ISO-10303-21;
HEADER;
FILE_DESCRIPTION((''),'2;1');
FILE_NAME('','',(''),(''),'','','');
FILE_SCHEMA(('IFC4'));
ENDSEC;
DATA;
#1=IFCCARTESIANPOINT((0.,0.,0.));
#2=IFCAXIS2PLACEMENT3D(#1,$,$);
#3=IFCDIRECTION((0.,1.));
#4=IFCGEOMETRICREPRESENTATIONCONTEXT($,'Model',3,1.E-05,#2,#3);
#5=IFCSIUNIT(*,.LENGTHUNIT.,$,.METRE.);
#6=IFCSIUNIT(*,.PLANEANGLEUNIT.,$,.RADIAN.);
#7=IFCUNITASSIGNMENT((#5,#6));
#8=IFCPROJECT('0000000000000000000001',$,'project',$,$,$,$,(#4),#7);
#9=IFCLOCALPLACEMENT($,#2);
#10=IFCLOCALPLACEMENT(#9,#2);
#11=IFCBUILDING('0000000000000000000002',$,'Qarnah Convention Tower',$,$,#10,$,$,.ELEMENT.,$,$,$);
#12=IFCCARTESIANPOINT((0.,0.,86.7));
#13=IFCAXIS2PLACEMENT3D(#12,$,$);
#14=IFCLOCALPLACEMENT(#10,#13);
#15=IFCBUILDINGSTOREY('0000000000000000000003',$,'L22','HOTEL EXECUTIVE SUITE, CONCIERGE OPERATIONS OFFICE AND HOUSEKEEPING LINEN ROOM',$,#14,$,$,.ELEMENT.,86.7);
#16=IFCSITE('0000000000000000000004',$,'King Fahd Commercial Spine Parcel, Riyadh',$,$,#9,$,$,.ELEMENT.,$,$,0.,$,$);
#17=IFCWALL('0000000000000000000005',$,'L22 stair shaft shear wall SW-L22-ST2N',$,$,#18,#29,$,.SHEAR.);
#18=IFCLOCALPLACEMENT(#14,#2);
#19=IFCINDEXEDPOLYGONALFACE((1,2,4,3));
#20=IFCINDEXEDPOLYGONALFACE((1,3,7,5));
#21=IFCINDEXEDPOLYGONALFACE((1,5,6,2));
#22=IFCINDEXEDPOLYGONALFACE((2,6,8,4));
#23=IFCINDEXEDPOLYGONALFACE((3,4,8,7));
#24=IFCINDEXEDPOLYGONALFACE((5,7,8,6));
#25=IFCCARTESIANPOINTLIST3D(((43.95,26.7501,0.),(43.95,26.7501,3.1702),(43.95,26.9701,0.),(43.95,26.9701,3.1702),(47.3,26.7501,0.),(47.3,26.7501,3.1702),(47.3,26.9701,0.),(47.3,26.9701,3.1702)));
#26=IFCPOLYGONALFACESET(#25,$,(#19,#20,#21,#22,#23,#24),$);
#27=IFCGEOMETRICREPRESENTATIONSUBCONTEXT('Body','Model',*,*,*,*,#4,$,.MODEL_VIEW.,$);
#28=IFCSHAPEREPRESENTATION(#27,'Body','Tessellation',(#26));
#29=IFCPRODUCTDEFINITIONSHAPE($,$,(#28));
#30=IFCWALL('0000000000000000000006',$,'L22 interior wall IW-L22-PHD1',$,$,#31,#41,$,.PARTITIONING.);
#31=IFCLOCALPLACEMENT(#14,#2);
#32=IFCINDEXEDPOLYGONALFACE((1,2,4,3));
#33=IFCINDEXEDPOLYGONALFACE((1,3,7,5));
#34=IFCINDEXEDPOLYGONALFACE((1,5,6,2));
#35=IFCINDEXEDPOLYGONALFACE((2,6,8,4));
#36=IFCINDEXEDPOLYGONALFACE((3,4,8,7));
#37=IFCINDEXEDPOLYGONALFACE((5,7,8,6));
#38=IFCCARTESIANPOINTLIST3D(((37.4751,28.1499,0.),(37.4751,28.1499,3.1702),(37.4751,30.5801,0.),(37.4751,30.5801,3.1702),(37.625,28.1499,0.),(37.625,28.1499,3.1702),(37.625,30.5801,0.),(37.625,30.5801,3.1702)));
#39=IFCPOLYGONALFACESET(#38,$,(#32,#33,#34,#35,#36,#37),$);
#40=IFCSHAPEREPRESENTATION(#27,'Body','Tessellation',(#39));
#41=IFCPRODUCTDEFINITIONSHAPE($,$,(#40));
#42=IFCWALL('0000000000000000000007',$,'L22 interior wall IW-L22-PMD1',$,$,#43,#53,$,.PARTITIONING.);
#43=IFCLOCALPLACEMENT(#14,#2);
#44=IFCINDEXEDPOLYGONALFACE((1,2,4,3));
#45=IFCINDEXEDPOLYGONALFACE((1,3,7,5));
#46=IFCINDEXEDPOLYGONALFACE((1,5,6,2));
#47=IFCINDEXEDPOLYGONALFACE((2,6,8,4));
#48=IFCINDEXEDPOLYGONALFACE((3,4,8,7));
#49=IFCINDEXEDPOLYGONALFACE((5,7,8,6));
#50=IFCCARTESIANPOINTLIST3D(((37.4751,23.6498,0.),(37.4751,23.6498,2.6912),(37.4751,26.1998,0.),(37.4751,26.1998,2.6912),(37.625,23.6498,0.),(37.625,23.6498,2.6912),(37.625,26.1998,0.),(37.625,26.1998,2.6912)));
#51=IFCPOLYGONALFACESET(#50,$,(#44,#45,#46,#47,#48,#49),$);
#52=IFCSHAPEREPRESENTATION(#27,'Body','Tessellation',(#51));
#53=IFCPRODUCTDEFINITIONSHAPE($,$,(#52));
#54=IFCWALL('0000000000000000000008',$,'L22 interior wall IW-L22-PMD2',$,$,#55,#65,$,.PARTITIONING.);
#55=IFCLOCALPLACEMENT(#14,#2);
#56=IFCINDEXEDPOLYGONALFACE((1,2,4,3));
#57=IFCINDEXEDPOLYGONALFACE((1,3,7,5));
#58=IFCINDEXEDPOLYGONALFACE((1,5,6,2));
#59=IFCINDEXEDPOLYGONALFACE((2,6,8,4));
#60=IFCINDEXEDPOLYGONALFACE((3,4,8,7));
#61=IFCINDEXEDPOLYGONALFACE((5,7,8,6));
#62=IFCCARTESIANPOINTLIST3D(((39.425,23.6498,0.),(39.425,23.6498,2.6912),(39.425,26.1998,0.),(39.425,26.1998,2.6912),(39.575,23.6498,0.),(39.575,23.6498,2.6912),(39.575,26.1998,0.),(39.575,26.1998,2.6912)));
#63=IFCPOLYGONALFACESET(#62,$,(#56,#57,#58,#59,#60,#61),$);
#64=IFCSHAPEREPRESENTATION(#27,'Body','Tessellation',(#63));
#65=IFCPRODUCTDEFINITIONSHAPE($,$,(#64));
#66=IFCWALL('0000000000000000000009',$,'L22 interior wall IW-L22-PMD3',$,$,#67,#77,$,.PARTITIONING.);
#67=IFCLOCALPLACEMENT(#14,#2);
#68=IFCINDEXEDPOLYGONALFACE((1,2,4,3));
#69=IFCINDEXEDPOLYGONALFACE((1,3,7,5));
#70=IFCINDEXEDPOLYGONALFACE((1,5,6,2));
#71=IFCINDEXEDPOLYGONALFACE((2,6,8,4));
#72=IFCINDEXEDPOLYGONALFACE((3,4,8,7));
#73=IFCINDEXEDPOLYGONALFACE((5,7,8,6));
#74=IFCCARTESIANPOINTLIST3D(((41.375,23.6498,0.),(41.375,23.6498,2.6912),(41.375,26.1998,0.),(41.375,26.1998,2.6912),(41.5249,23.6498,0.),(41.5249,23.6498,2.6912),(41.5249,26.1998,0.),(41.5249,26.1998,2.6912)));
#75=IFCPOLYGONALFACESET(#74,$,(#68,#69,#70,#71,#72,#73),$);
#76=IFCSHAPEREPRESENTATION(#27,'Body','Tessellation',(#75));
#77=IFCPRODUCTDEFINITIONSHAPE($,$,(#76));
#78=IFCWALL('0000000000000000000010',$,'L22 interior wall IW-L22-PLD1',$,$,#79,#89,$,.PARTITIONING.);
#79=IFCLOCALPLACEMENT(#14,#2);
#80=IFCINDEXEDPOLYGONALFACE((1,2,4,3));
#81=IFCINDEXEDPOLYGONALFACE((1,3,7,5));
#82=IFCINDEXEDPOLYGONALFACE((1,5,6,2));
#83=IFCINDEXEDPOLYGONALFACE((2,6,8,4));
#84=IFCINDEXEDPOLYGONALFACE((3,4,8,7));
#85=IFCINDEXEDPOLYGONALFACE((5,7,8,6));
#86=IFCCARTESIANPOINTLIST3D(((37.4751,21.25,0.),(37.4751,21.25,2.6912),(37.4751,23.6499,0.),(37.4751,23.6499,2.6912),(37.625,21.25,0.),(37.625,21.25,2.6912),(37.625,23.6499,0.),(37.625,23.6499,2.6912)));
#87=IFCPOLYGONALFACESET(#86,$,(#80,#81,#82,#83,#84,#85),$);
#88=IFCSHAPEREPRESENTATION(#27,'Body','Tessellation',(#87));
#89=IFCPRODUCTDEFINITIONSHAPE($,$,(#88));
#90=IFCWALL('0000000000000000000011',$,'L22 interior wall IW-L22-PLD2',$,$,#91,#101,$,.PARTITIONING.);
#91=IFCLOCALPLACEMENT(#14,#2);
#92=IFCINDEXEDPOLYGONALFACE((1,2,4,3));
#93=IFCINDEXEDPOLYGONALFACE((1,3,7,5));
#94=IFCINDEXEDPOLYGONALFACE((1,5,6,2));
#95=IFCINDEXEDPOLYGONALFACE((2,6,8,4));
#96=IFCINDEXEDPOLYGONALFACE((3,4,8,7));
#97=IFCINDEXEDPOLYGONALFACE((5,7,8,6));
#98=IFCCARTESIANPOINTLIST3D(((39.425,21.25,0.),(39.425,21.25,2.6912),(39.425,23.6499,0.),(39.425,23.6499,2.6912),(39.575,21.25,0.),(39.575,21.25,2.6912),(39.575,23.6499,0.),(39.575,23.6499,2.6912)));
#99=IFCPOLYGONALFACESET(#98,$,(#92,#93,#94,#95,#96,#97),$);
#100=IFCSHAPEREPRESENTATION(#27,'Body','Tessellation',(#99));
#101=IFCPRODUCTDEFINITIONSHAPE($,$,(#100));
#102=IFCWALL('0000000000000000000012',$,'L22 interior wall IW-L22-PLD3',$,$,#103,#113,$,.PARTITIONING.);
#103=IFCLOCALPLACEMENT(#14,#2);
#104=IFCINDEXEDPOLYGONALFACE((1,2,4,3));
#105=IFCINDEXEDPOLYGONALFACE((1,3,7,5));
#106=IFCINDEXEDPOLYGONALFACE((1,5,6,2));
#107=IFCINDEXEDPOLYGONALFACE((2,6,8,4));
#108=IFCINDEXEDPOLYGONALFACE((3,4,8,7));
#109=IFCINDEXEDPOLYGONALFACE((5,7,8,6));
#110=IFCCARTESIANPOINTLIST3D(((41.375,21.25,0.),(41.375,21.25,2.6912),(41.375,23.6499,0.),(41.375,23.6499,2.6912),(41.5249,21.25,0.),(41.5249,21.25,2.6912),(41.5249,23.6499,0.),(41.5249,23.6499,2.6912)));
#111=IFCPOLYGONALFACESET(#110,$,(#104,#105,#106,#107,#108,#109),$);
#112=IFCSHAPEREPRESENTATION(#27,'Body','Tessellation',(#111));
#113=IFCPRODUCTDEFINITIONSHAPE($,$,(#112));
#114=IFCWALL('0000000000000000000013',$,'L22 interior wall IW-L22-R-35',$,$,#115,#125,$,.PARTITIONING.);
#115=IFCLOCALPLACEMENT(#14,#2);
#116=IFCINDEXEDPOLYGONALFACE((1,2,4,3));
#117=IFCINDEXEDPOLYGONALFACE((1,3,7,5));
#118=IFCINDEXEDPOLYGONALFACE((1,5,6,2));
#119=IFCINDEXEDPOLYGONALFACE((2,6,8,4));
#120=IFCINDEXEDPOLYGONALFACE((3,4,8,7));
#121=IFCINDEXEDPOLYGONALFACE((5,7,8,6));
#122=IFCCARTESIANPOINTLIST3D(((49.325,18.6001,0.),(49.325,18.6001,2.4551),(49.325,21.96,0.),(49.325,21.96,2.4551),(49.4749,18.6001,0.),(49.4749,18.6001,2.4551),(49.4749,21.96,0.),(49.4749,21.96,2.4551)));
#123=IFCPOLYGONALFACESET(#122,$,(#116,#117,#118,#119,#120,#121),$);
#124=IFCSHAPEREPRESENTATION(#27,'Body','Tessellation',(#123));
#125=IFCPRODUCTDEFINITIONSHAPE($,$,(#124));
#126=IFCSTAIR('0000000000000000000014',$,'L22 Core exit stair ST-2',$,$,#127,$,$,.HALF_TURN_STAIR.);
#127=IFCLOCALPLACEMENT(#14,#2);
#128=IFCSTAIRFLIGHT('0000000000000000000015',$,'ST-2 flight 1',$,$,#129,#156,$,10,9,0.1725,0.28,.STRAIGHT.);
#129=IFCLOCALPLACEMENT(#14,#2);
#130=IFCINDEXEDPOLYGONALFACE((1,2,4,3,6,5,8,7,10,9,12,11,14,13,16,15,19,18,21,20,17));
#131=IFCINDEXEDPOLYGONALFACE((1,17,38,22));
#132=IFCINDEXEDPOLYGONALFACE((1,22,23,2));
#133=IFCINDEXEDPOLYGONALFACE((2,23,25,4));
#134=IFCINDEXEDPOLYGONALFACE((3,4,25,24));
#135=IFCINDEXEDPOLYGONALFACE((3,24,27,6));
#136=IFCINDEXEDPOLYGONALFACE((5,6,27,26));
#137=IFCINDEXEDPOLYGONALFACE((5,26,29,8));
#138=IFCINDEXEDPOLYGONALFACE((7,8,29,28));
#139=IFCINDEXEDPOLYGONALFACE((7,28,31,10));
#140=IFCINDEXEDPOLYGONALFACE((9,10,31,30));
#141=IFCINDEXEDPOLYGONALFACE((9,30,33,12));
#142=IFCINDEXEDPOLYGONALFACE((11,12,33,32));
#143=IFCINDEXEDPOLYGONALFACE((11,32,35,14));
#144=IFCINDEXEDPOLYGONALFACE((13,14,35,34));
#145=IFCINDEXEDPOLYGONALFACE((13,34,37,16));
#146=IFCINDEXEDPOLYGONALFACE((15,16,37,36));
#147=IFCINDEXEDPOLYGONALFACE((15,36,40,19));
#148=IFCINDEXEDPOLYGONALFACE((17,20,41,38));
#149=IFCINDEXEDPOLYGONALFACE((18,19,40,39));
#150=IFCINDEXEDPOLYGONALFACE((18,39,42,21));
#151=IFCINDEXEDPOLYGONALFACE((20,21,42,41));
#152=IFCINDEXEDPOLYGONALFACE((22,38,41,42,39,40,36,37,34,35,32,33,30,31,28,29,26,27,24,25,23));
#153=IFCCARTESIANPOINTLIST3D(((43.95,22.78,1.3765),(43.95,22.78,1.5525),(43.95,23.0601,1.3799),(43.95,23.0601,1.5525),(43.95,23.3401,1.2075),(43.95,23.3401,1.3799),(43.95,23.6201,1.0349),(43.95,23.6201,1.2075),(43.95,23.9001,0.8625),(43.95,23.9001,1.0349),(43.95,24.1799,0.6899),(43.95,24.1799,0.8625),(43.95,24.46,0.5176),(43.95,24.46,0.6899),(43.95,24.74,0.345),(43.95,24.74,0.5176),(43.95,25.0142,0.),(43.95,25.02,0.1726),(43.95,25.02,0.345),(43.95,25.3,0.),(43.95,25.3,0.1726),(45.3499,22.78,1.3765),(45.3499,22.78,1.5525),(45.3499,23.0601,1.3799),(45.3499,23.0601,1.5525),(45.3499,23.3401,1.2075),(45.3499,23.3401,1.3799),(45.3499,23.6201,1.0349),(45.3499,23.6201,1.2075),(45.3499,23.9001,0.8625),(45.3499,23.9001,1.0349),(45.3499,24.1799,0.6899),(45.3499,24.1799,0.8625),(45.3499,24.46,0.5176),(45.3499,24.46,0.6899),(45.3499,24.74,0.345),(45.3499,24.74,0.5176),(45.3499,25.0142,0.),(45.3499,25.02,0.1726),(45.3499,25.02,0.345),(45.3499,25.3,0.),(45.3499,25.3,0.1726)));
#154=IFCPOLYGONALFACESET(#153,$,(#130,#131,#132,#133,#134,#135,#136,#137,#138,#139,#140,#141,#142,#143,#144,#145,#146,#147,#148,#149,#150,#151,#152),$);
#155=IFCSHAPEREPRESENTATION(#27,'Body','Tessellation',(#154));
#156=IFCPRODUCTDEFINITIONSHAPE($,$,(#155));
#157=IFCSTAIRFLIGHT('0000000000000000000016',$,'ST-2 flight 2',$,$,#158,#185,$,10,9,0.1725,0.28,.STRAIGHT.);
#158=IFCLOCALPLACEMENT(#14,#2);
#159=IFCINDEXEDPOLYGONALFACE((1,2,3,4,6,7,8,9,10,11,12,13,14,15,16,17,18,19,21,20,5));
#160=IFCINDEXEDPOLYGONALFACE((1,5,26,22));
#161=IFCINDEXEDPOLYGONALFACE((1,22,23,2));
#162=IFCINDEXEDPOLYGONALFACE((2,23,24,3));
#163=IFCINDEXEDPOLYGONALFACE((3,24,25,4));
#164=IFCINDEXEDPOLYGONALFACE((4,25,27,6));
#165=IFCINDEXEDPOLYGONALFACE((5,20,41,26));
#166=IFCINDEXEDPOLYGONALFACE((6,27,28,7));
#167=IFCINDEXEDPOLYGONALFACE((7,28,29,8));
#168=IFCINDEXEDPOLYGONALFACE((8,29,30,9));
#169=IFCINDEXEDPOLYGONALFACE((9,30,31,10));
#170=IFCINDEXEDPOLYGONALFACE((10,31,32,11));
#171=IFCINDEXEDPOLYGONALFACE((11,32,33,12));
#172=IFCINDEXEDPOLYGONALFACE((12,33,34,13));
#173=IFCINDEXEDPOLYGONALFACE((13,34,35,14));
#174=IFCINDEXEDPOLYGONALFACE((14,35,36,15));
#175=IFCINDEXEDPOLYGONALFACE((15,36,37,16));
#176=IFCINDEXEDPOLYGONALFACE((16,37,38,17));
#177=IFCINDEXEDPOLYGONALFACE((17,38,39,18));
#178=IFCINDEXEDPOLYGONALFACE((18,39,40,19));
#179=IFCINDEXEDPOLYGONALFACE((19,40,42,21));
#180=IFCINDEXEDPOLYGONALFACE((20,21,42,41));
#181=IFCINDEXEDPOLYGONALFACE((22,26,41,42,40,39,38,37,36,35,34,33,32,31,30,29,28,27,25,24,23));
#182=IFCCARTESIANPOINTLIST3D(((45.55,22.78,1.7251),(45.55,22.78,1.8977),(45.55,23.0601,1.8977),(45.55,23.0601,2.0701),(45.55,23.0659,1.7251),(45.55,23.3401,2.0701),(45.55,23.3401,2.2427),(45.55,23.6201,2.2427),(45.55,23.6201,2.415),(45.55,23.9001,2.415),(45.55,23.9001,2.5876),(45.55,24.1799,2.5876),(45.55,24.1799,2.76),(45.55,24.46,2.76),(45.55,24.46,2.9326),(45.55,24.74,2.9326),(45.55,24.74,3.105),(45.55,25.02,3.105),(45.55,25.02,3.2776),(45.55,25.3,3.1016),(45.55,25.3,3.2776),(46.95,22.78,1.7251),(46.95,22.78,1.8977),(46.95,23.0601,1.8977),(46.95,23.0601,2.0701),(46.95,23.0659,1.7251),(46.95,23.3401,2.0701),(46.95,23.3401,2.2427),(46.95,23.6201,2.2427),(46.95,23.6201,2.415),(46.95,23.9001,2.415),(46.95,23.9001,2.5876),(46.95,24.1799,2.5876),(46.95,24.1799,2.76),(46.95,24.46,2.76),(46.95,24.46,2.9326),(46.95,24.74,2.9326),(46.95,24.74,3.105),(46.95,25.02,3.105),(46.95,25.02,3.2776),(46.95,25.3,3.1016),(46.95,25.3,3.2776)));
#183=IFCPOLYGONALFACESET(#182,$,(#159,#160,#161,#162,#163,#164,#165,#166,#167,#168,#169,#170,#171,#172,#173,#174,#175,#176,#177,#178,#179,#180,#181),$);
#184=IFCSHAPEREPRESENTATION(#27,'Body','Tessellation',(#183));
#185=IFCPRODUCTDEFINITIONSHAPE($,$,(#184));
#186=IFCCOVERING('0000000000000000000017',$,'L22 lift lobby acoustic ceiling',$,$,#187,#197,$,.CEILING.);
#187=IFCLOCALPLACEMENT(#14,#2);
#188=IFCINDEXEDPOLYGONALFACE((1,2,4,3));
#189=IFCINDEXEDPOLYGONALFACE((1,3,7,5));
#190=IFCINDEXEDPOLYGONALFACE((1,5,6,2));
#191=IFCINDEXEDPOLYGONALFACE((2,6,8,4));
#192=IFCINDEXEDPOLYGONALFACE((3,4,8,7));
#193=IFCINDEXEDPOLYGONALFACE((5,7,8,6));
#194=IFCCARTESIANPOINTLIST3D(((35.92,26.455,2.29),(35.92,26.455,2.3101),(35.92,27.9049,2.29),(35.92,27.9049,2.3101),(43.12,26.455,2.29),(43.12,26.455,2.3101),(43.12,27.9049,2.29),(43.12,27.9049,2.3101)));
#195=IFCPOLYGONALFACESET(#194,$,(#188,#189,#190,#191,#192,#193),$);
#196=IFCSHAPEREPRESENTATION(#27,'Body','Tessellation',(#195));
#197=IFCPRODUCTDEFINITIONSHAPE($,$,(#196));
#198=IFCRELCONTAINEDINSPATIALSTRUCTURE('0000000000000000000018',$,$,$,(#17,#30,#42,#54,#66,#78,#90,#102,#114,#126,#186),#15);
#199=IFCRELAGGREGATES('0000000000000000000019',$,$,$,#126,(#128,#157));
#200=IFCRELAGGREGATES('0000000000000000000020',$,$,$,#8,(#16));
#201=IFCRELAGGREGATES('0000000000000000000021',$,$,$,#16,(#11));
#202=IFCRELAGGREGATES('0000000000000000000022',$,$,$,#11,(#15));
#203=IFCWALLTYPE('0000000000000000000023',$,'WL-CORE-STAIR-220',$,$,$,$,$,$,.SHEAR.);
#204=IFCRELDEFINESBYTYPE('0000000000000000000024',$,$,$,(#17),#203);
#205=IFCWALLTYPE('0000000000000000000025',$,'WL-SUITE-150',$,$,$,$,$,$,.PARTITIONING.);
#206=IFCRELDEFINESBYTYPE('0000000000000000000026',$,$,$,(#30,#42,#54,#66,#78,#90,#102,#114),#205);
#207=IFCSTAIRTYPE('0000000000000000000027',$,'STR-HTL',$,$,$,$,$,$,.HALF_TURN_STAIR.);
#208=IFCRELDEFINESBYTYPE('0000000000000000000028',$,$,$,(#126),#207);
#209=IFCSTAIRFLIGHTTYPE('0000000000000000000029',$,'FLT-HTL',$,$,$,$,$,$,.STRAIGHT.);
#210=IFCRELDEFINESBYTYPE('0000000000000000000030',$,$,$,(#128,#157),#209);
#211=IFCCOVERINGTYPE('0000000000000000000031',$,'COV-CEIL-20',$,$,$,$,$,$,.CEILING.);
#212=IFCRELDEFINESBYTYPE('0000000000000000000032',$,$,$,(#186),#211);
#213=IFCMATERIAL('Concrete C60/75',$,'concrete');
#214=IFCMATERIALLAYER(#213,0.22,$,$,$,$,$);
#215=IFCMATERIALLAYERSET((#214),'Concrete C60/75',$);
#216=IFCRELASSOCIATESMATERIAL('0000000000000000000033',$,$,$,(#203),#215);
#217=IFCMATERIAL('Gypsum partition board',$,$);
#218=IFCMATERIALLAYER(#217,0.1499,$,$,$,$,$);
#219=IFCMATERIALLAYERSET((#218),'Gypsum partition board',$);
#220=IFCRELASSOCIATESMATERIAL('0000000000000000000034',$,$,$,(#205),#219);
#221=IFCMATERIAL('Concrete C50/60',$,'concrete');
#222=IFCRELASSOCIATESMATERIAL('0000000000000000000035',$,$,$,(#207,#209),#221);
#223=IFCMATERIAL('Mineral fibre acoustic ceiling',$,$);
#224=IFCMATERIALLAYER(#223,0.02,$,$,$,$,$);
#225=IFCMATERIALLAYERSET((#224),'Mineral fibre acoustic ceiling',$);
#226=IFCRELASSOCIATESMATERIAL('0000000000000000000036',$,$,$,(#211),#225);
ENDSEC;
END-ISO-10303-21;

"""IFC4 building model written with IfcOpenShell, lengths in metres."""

from ifc_helpers import new_model, si_unit, direction, frame, frame_2d, origin, origin_2d, place, context, subcontext, project, spatial, polyline, rectangle, outline, extrude, material, layer, layer_set, type_object, element, aggregate, save


model = new_model("IFC4")

# Units and contexts
model_context = context("Model", 3, precision=1e-05, world=origin(), true_north=direction((0.0, 1.0)))
body_context = subcontext(model_context, "Body", "Model", "MODEL_VIEW")
ifc_project = project(units=[si_unit("LENGTHUNIT", "METRE"), si_unit("PLANEANGLEUNIT", "RADIAN")], contexts=[model_context])

# Site, building, storey
site_placement = place(None, origin())
site = spatial("IfcSite", under=ifc_project, at=site_placement, Name="King Fahd Commercial Spine Parcel, Riyadh", CompositionType="ELEMENT", RefElevation=0.0)
building_placement = place(site_placement, origin())
building = spatial("IfcBuilding", under=site, at=building_placement, Name="Qarnah Convention Tower", CompositionType="ELEMENT")
storey_placement = place(building_placement, frame((0.0, 0.0, 86.7)))
storey = spatial("IfcBuildingStorey", under=building, at=storey_placement, Name="L22", Description="HOTEL EXECUTIVE SUITE, CONCIERGE OPERATIONS OFFICE AND HOUSEKEEPING LINEN ROOM", CompositionType="ELEMENT", Elevation=86.7)

# Shared definitions
ifc_material_1 = material(Name="Concrete C60/75", Category="concrete")

# Walls
ifc_layer_1 = layer(ifc_material_1, 0.22)
ifc_layer_set_1 = layer_set([ifc_layer_1], Name="Concrete C60/75")
wall_type_1 = type_object("IfcWallType", Name="WL-CORE-STAIR-220", PredefinedType="SHEAR", material=ifc_layer_set_1)
wall_1_placement = place(storey_placement, frame((43.95, 26.8601, 0.0), z_axis=(0.0, 0.0, 1.0), x_axis=(1.0, 0.0, 0.0)))
element("IfcWall", 1, at=wall_1_placement, inside=storey, type_object=wall_type_1, Name="L22 stair shaft shear wall SW-L22-ST2N", PredefinedType="SHEAR", context=body_context, shape_type="SweptSolid", body=[
    extrude(rectangle(XDim=3.3501, YDim=0.22, at=frame_2d((1.675, 0.0))), origin(), (0.0, 0.0, 1.0), 3.1702),
])
ifc_material_2 = material(Name="Gypsum partition board")
ifc_layer_2 = layer(ifc_material_2, 0.1499)
ifc_layer_set_2 = layer_set([ifc_layer_2], Name="Gypsum partition board")
wall_type_2 = type_object("IfcWallType", Name="WL-SUITE-150", PredefinedType="PARTITIONING", material=ifc_layer_set_2)
wall_2_placement = place(storey_placement, frame((37.55, 28.1499, 0.0), z_axis=(0.0, 0.0, 1.0), x_axis=(0.0, 1.0, 0.0)))
element("IfcWall", 2, at=wall_2_placement, inside=storey, type_object=wall_type_2, Name="L22 interior wall IW-L22-PHD1", PredefinedType="PARTITIONING", context=body_context, shape_type="SweptSolid", body=[
    extrude(rectangle(XDim=2.4302, YDim=0.1499, at=frame_2d((1.2151, 0.0))), origin(), (0.0, 0.0, 1.0), 3.1702),
])
for number, where, z_axis, x_axis, name in (
    (3, (37.55, 23.6499, 0.0), (0.0, 0.0, 1.0), (0.0, 1.0, 0.0), "L22 interior wall IW-L22-PMD1"),
    (4, (39.5, 23.6499, 0.0), (0.0, 0.0, 1.0), (0.0, 1.0, 0.0), "L22 interior wall IW-L22-PMD2"),
    (5, (41.45, 23.6499, 0.0), (0.0, 0.0, 1.0), (0.0, 1.0, 0.0), "L22 interior wall IW-L22-PMD3"),
):
    element("IfcWall", number, at=place(storey_placement, frame(where, z_axis=z_axis, x_axis=x_axis)), inside=storey, type_object=wall_type_2, Name=name, PredefinedType="PARTITIONING", context=body_context, shape_type="SweptSolid", body=[
        extrude(rectangle(XDim=2.55, YDim=0.1499, at=frame_2d((1.2749, 0.0))), origin(), (0.0, 0.0, 1.0), 2.6912),
    ])
for number, where, z_axis, x_axis, name in (
    (6, (37.55, 21.25, 0.0), (0.0, 0.0, 1.0), (0.0, 1.0, 0.0), "L22 interior wall IW-L22-PLD1"),
    (7, (39.5, 21.25, 0.0), (0.0, 0.0, 1.0), (0.0, 1.0, 0.0), "L22 interior wall IW-L22-PLD2"),
    (8, (41.45, 21.25, 0.0), (0.0, 0.0, 1.0), (0.0, 1.0, 0.0), "L22 interior wall IW-L22-PLD3"),
):
    element("IfcWall", number, at=place(storey_placement, frame(where, z_axis=z_axis, x_axis=x_axis)), inside=storey, type_object=wall_type_2, Name=name, PredefinedType="PARTITIONING", context=body_context, shape_type="SweptSolid", body=[
        extrude(rectangle(XDim=2.3999, YDim=0.1499, at=frame_2d((1.2, 0.0))), origin(), (0.0, 0.0, 1.0), 2.6912),
    ])
wall_3_placement = place(storey_placement, frame((49.3999, 21.96, 0.0), z_axis=(0.0, 0.0, 1.0), x_axis=(0.0, -1.0, 0.0)))
element("IfcWall", 9, at=wall_3_placement, inside=storey, type_object=wall_type_2, Name="L22 interior wall IW-L22-R-35", PredefinedType="PARTITIONING", context=body_context, shape_type="SweptSolid", body=[
    extrude(rectangle(XDim=3.3599, YDim=0.1499, at=frame_2d((1.6799, 0.0))), origin(), (0.0, 0.0, 1.0), 2.4551),
])

# Stair, stair flights
ifc_material_3 = material(Name="Concrete C50/60", Category="concrete")
stair_type = type_object("IfcStairType", Name="STR-HTL", PredefinedType="HALF_TURN_STAIR", material=ifc_material_3)
stair_placement = place(storey_placement, origin())
stair = element("IfcStair", 10, at=stair_placement, inside=storey, type_object=stair_type, Name="L22 Core exit stair ST-2", PredefinedType="HALF_TURN_STAIR")
stair_flight_type = type_object("IfcStairFlightType", Name="FLT-HTL", PredefinedType="STRAIGHT", material=ifc_material_3)
stair_flight_1_placement = place(storey_placement, frame((44.6499, 25.3, 0.0), z_axis=(0.0, 0.0, 1.0), x_axis=(0.0, -1.0, 0.0)))
stair_flight_1 = element("IfcStairFlight", 11, at=stair_flight_1_placement, type_object=stair_flight_type, Name="ST-2 flight 1", NumberOfRisers=10, NumberOfTreads=9, PredefinedType="STRAIGHT", RiserHeight=0.1725, TreadLength=0.28, context=body_context, shape_type="SweptSolid", body=[
    extrude(outline(polyline([(0.0, 0.0), (0.0, 0.1726), (0.28, 0.1726), (0.28, 0.345), (0.5601, 0.345), (0.5601, 0.5176), (0.8401, 0.5176), (0.8401, 0.6899), (1.1201, 0.6899), (1.1201, 0.8625), (1.3999, 0.8625), (1.3999, 1.0349), (1.6799, 1.0349), (1.6799, 1.2075), (1.96, 1.2075), (1.96, 1.3799), (2.24, 1.3799), (2.24, 1.5525), (2.52, 1.5525), (2.52, 1.7251), (2.52, 1.3765), (0.2859, 0.0), (0.0, 0.0)])), frame((0.0, 0.7, 0.0), z_axis=(0.0, -1.0, 0.0), x_axis=(1.0, 0.0, 0.0)), (0.0, 0.0, 1.0), 1.3999),
])
stair_flight_2_placement = place(storey_placement, frame((46.25, 22.78, 1.7251), z_axis=(0.0, 0.0, 1.0), x_axis=(0.0, 1.0, 0.0)))
stair_flight_2 = element("IfcStairFlight", 12, at=stair_flight_2_placement, type_object=stair_flight_type, Name="ST-2 flight 2", NumberOfRisers=10, NumberOfTreads=9, PredefinedType="STRAIGHT", RiserHeight=0.1725, TreadLength=0.28, context=body_context, shape_type="SweptSolid", body=[
    extrude(outline(polyline([(0.0, 0.0), (0.0, 0.1726), (0.28, 0.1726), (0.28, 0.345), (0.5601, 0.345), (0.5601, 0.5176), (0.8401, 0.5176), (0.8401, 0.6899), (1.1201, 0.6899), (1.1201, 0.8625), (1.3999, 0.8625), (1.3999, 1.0349), (1.6799, 1.0349), (1.6799, 1.2075), (1.96, 1.2075), (1.96, 1.3799), (2.24, 1.3799), (2.24, 1.5525), (2.52, 1.5525), (2.52, 1.7251), (2.52, 1.3765), (0.2859, 0.0), (0.0, 0.0)])), frame((0.0, 0.7, 0.0), z_axis=(0.0, -1.0, 0.0), x_axis=(1.0, 0.0, 0.0)), (0.0, 0.0, 1.0), 1.3999),
])
aggregate(stair, [stair_flight_1, stair_flight_2])

# Covering
ifc_material_4 = material(Name="Mineral fibre acoustic ceiling")
ifc_layer_3 = layer(ifc_material_4, 0.02)
ifc_layer_set_3 = layer_set([ifc_layer_3], Name="Mineral fibre acoustic ceiling")
covering_type = type_object("IfcCoveringType", Name="COV-CEIL-20", PredefinedType="CEILING", material=ifc_layer_set_3)
covering_placement = place(storey_placement, frame((39.52, 27.1799, 2.29), z_axis=(0.0, 0.0, 1.0), x_axis=(1.0, 0.0, 0.0)))
element("IfcCovering", 13, at=covering_placement, inside=storey, type_object=covering_type, Name="L22 lift lobby acoustic ceiling", PredefinedType="CEILING", context=body_context, shape_type="SweptSolid", body=[
    extrude(rectangle(XDim=7.2, YDim=1.45, at=origin_2d()), origin(), (0.0, 0.0, 1.0), 0.02),
])

save(model, "model.ifc")
